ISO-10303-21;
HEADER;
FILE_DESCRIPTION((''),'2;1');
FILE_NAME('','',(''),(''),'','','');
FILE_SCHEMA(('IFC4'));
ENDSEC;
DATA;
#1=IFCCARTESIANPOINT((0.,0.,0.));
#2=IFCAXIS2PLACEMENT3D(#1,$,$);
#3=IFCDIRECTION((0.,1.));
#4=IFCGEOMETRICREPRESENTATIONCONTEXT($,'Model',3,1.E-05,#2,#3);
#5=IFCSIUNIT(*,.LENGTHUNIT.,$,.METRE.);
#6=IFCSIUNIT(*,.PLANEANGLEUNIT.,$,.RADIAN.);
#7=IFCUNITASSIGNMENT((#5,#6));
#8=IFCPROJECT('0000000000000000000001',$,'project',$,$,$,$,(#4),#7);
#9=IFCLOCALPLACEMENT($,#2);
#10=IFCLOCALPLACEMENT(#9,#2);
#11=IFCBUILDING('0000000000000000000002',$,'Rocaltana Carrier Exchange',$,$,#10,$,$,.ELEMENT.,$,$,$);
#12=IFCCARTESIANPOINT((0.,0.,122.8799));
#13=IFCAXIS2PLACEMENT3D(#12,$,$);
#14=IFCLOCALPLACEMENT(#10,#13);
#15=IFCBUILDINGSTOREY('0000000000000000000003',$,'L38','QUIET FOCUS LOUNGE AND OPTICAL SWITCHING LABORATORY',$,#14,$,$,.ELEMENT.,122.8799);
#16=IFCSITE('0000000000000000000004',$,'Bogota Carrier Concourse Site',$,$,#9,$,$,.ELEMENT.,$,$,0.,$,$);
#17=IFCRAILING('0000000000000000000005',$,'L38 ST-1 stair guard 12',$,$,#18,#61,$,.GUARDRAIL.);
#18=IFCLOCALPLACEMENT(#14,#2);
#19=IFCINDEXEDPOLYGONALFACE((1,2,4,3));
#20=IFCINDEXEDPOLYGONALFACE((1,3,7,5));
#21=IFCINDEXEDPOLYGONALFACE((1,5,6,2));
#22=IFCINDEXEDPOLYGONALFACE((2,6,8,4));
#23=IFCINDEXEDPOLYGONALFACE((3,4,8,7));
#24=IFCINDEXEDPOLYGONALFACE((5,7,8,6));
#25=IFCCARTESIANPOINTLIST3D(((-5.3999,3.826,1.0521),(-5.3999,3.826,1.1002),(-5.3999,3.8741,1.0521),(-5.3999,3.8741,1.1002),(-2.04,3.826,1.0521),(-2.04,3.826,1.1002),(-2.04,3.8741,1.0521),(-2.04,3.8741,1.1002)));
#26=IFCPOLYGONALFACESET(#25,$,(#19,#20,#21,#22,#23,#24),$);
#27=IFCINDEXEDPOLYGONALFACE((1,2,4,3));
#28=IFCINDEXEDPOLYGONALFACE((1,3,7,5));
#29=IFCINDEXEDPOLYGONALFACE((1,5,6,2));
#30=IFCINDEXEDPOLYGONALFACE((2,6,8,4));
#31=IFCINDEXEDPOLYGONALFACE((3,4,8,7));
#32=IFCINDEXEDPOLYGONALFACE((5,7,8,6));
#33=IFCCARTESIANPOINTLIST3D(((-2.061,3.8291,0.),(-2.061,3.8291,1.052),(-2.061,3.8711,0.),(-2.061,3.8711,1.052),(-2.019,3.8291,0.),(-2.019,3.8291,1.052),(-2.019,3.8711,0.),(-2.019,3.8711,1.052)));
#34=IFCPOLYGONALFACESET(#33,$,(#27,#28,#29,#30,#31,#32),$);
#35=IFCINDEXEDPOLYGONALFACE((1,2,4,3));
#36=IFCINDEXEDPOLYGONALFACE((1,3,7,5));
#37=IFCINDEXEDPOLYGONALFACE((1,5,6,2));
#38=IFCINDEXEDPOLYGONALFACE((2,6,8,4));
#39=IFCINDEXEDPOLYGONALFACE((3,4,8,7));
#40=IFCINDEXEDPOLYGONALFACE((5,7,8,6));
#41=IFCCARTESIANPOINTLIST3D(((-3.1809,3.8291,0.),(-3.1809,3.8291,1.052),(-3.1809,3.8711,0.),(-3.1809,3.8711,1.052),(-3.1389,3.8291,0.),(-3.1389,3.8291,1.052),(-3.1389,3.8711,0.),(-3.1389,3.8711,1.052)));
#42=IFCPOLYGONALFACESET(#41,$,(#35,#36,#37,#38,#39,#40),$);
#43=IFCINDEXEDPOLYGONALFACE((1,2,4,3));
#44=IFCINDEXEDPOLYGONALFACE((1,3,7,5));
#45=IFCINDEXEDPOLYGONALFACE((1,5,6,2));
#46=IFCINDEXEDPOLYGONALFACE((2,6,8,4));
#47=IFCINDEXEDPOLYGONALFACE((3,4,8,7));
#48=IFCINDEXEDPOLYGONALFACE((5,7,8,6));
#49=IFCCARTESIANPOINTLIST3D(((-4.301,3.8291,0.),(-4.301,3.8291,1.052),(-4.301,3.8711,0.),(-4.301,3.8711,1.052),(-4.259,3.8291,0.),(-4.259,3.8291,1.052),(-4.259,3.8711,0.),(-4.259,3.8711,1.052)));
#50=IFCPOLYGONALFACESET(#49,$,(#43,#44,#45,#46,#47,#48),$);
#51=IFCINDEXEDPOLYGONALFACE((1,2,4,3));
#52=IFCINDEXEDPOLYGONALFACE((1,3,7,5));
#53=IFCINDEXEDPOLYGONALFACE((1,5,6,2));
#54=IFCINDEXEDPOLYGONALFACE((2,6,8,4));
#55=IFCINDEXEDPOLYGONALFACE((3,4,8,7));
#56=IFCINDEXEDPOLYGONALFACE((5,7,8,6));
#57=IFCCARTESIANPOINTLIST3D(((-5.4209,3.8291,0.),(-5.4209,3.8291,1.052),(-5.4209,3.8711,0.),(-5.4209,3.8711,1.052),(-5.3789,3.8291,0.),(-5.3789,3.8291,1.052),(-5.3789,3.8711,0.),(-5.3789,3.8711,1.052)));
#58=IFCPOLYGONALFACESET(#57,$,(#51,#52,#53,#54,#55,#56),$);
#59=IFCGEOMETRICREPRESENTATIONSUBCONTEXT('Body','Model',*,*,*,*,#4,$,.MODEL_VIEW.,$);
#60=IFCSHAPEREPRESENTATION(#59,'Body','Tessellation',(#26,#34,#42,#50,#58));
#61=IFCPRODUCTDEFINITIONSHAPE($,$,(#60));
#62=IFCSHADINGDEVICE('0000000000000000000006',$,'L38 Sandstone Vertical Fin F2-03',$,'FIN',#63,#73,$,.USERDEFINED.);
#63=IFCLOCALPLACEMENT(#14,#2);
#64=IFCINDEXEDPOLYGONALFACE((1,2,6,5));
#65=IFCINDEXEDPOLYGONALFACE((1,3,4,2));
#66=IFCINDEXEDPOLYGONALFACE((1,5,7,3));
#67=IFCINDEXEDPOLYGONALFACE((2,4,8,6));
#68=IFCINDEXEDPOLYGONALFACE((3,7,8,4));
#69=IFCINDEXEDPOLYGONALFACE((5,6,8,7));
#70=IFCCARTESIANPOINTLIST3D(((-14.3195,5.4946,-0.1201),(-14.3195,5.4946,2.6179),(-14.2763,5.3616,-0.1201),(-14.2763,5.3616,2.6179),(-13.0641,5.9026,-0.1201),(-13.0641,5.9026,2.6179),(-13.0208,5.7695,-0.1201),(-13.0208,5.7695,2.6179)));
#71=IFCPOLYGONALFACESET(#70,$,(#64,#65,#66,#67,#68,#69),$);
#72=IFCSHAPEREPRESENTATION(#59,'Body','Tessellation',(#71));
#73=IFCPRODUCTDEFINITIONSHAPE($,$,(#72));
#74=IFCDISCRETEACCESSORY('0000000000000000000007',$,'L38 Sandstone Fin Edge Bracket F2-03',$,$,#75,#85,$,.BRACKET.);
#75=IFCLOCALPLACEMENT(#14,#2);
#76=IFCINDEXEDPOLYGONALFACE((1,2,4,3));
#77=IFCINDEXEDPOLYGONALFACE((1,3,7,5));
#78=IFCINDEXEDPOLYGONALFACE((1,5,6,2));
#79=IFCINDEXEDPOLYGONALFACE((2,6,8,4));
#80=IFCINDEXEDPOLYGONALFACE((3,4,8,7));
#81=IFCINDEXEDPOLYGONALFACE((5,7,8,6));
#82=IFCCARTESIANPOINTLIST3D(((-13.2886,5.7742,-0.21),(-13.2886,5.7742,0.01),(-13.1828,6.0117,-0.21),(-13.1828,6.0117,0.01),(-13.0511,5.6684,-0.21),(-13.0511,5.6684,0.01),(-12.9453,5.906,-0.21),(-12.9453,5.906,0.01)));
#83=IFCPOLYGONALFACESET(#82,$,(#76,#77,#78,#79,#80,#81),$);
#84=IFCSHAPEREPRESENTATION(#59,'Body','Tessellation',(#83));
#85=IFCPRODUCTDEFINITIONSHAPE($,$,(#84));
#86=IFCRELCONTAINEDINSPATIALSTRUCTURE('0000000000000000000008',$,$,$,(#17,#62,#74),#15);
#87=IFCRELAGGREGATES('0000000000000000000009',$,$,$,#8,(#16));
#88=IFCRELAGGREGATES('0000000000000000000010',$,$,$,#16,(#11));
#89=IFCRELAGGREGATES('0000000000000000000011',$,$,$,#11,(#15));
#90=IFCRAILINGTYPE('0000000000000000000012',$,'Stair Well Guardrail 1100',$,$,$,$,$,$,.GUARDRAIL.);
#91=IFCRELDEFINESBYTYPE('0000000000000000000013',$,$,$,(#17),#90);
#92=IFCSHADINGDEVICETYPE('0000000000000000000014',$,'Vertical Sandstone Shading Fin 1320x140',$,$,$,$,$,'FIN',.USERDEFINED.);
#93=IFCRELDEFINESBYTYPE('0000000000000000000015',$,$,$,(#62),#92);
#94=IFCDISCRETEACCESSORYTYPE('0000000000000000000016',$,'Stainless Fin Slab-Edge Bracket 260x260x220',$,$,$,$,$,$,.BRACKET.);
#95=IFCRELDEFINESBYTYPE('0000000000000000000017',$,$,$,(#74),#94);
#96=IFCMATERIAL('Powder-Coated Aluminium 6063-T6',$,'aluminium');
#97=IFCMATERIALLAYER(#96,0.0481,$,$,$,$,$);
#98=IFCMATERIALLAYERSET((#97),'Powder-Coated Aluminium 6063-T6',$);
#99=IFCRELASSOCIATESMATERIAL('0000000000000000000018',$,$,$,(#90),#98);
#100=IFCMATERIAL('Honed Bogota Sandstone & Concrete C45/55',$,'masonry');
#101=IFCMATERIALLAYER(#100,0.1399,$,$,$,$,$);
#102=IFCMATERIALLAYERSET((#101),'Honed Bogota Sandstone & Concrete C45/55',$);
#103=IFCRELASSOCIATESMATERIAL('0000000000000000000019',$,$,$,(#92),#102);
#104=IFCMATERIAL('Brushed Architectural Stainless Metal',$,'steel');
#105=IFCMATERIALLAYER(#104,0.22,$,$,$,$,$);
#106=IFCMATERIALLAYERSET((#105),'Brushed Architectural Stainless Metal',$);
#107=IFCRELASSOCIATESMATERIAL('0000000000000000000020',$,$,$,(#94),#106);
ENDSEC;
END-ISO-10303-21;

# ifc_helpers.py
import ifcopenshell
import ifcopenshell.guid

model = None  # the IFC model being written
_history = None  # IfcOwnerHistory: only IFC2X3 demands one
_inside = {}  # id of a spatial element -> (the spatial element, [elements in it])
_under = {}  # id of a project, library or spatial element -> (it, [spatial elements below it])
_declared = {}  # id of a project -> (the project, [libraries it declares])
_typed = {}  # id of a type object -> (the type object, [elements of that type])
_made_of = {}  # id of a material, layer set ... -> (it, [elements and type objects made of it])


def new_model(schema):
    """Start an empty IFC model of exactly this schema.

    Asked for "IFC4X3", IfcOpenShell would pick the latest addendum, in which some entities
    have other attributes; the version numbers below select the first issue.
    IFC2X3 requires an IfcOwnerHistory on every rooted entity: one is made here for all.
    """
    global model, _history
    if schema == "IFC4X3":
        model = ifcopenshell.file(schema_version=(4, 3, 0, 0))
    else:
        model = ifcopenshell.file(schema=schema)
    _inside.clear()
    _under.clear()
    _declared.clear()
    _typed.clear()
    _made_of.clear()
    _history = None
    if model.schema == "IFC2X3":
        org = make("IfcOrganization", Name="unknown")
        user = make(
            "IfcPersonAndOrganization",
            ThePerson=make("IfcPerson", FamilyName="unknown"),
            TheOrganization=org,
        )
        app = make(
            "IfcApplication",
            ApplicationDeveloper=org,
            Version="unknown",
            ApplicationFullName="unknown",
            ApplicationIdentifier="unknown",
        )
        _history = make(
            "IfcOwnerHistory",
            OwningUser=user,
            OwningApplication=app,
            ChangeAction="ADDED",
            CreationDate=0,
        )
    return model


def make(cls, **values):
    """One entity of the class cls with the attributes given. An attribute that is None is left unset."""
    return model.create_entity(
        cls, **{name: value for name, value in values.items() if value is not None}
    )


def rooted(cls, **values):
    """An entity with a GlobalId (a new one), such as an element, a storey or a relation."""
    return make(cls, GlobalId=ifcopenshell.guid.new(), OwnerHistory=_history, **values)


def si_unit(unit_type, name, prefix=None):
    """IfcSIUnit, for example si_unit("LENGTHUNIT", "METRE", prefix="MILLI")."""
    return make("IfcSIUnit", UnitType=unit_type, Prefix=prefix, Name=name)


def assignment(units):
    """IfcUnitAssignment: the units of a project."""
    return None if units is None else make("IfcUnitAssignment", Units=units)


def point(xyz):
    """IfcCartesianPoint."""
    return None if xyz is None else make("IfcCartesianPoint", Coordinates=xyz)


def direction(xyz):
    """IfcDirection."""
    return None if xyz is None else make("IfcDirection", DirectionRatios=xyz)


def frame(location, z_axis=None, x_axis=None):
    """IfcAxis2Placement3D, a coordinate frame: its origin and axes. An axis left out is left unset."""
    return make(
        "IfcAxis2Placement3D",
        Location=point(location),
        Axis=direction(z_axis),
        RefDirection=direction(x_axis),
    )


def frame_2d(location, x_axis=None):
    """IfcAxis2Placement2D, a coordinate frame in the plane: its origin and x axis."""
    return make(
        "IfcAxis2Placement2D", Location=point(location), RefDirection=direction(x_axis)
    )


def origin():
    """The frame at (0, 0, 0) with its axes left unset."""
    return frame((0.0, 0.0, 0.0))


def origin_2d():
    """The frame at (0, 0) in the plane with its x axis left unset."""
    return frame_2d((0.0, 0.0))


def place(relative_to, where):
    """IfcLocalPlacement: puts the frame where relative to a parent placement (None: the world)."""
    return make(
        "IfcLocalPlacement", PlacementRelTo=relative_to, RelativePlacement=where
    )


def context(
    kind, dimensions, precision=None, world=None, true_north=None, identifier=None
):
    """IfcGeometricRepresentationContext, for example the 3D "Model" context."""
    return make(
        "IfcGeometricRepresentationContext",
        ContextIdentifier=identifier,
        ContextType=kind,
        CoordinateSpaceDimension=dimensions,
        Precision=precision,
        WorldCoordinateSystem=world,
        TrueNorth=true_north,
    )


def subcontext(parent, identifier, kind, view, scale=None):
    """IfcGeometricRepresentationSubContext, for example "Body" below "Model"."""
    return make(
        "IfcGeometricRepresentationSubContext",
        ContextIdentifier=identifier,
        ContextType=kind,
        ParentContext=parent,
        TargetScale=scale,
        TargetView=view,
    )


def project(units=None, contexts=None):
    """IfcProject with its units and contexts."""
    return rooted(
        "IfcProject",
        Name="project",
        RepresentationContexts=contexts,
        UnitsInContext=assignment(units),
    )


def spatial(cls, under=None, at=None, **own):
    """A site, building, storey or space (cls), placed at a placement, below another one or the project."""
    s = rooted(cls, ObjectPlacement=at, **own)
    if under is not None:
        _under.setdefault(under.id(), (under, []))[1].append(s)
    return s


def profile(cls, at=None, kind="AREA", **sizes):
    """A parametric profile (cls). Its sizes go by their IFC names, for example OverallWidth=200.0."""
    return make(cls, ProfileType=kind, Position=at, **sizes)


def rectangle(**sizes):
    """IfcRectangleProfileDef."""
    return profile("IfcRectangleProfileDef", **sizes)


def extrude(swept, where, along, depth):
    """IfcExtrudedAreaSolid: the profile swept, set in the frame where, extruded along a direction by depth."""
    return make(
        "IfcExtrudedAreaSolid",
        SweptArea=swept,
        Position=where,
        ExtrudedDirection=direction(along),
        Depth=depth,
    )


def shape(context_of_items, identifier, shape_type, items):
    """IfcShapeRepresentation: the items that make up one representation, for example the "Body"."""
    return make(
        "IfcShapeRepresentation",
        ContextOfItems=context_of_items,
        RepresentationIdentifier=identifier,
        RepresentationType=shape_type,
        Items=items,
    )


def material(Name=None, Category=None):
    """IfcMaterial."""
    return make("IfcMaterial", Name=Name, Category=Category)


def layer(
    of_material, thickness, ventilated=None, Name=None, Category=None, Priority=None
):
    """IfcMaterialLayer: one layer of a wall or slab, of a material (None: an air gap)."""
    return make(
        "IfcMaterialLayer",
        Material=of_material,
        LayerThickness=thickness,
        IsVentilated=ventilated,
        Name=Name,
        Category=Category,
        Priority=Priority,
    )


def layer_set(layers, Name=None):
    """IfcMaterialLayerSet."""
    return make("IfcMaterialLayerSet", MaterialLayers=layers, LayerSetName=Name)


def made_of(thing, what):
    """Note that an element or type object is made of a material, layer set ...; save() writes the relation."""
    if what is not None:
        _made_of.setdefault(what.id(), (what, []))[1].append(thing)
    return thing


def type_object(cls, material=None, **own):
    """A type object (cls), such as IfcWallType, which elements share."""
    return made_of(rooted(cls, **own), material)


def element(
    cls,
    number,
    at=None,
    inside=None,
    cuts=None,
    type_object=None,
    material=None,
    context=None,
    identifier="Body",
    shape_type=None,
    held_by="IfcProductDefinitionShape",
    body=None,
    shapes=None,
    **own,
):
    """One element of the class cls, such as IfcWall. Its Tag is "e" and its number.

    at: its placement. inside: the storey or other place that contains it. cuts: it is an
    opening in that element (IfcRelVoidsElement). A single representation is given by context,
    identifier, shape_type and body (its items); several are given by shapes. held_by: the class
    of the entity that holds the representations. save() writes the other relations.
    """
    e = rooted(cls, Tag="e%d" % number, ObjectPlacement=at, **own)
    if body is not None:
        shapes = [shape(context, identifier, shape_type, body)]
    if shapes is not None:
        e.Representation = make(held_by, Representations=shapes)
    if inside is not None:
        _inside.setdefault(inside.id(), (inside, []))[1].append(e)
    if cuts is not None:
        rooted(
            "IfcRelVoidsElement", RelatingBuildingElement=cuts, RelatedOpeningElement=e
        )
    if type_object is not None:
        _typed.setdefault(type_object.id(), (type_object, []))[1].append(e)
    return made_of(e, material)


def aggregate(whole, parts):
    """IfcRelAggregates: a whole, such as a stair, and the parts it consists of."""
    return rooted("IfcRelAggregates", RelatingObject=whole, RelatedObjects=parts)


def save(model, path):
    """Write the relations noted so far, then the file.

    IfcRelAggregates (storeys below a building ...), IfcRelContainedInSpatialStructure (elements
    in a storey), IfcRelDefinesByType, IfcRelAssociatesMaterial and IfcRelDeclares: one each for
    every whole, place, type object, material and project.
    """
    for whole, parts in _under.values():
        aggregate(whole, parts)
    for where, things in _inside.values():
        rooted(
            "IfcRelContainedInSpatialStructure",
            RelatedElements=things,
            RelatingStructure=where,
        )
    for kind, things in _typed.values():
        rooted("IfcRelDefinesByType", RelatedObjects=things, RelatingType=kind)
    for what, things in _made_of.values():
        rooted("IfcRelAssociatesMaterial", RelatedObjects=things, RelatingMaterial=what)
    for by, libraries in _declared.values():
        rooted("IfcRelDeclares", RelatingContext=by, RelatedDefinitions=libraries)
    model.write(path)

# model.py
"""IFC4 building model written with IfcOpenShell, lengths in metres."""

from ifc_helpers import new_model, si_unit, direction, frame, origin, origin_2d, place, context, subcontext, project, spatial, rectangle, extrude, material, layer, layer_set, type_object, element, save


model = new_model("IFC4")

# Units and contexts
model_context = context("Model", 3, precision=1e-05, world=origin(), true_north=direction((0.0, 1.0)))
body_context = subcontext(model_context, "Body", "Model", "MODEL_VIEW")
ifc_project = project(units=[si_unit("LENGTHUNIT", "METRE"), si_unit("PLANEANGLEUNIT", "RADIAN")], contexts=[model_context])

# Site, building, storey
site_placement = place(None, origin())
site = spatial("IfcSite", under=ifc_project, at=site_placement, Name="Bogota Carrier Concourse Site", CompositionType="ELEMENT", RefElevation=0.0)
building_placement = place(site_placement, origin())
building = spatial("IfcBuilding", under=site, at=building_placement, Name="Rocaltana Carrier Exchange", CompositionType="ELEMENT")
storey_placement = place(building_placement, frame((0.0, 0.0, 122.8799)))
storey = spatial("IfcBuildingStorey", under=building, at=storey_placement, Name="L38", Description="QUIET FOCUS LOUNGE AND OPTICAL SWITCHING LABORATORY", CompositionType="ELEMENT", Elevation=122.8799)

# Railing
ifc_material_1 = material(Name="Powder-Coated Aluminium 6063-T6", Category="aluminium")
ifc_layer_1 = layer(ifc_material_1, 0.0481)
ifc_layer_set_1 = layer_set([ifc_layer_1], Name="Powder-Coated Aluminium 6063-T6")
railing_type_1 = type_object("IfcRailingType", Name="Stair Well Guardrail 1100", PredefinedType="GUARDRAIL", material=ifc_layer_set_1)
railing_1_placement = place(storey_placement, frame((-2.04, 3.8501, 0.0)))
element("IfcRailing", 1, at=railing_1_placement, inside=storey, type_object=railing_type_1, Name="L38 ST-1 stair guard 12", PredefinedType="GUARDRAIL", context=body_context, shape_type="SweptSolid", body=[
    extrude(rectangle(XDim=0.0481, YDim=0.0481, at=origin_2d()), frame((0.0, 0.0, 1.0762), z_axis=(-1.0, 0.0, 0.0), x_axis=(0.0, -1.0, 0.0)), (0.0, 0.0, 1.0), 3.3599),
    extrude(rectangle(XDim=0.042, YDim=0.042, at=origin_2d()), origin(), (0.0, 0.0, 1.0), 1.052),
    extrude(rectangle(XDim=0.042, YDim=0.042, at=origin_2d()), frame((-1.1199, 0.0, 0.0)), (0.0, 0.0, 1.0), 1.052),
    extrude(rectangle(XDim=0.042, YDim=0.042, at=origin_2d()), frame((-2.24, 0.0, 0.0)), (0.0, 0.0, 1.0), 1.052),
    extrude(rectangle(XDim=0.042, YDim=0.042, at=origin_2d()), frame((-3.3599, 0.0, 0.0)), (0.0, 0.0, 1.0), 1.052),
])

# Shading device
ifc_material_2 = material(Name="Honed Bogota Sandstone & Concrete C45/55", Category="masonry")
ifc_layer_2 = layer(ifc_material_2, 0.1399)
ifc_layer_set_2 = layer_set([ifc_layer_2], Name="Honed Bogota Sandstone & Concrete C45/55")
shading_device_type = type_object("IfcShadingDeviceType", Name="Vertical Sandstone Shading Fin 1320x140", ElementType="FIN", PredefinedType="USERDEFINED", material=ifc_layer_set_2)
shading_device_placement = place(storey_placement, frame((-13.6702, 5.6321, -0.1201), z_axis=(0.0, 0.0, 1.0), x_axis=(-0.951057, -0.309017, 0.0)))
element("IfcShadingDevice", 2, at=shading_device_placement, inside=storey, type_object=shading_device_type, Name="L38 Sandstone Vertical Fin F2-03", ObjectType="FIN", PredefinedType="USERDEFINED", context=body_context, shape_type="SweptSolid", body=[
    extrude(rectangle(XDim=1.3201, YDim=0.1399, at=origin_2d()), origin(), (0.0, 0.0, 1.0), 2.738),
])

# Discrete accessory
ifc_material_3 = material(Name="Brushed Architectural Stainless Metal", Category="steel")
ifc_layer_3 = layer(ifc_material_3, 0.22)
ifc_layer_set_3 = layer_set([ifc_layer_3], Name="Brushed Architectural Stainless Metal")
discrete_accessory_type = type_object("IfcDiscreteAccessoryType", Name="Stainless Fin Slab-Edge Bracket 260x260x220", PredefinedType="BRACKET", material=ifc_layer_set_3)
discrete_accessory_placement = place(storey_placement, frame((-13.1169, 5.8401, -0.21), z_axis=(0.0, 0.0, 1.0), x_axis=(-0.406737, -0.913545, 0.0)))
element("IfcDiscreteAccessory", 3, at=discrete_accessory_placement, inside=storey, type_object=discrete_accessory_type, Name="L38 Sandstone Fin Edge Bracket F2-03", PredefinedType="BRACKET", context=body_context, shape_type="SweptSolid", body=[
    extrude(rectangle(XDim=0.26, YDim=0.26, at=origin_2d()), origin(), (0.0, 0.0, 1.0), 0.22),
])

save(model, "model.ifc")
